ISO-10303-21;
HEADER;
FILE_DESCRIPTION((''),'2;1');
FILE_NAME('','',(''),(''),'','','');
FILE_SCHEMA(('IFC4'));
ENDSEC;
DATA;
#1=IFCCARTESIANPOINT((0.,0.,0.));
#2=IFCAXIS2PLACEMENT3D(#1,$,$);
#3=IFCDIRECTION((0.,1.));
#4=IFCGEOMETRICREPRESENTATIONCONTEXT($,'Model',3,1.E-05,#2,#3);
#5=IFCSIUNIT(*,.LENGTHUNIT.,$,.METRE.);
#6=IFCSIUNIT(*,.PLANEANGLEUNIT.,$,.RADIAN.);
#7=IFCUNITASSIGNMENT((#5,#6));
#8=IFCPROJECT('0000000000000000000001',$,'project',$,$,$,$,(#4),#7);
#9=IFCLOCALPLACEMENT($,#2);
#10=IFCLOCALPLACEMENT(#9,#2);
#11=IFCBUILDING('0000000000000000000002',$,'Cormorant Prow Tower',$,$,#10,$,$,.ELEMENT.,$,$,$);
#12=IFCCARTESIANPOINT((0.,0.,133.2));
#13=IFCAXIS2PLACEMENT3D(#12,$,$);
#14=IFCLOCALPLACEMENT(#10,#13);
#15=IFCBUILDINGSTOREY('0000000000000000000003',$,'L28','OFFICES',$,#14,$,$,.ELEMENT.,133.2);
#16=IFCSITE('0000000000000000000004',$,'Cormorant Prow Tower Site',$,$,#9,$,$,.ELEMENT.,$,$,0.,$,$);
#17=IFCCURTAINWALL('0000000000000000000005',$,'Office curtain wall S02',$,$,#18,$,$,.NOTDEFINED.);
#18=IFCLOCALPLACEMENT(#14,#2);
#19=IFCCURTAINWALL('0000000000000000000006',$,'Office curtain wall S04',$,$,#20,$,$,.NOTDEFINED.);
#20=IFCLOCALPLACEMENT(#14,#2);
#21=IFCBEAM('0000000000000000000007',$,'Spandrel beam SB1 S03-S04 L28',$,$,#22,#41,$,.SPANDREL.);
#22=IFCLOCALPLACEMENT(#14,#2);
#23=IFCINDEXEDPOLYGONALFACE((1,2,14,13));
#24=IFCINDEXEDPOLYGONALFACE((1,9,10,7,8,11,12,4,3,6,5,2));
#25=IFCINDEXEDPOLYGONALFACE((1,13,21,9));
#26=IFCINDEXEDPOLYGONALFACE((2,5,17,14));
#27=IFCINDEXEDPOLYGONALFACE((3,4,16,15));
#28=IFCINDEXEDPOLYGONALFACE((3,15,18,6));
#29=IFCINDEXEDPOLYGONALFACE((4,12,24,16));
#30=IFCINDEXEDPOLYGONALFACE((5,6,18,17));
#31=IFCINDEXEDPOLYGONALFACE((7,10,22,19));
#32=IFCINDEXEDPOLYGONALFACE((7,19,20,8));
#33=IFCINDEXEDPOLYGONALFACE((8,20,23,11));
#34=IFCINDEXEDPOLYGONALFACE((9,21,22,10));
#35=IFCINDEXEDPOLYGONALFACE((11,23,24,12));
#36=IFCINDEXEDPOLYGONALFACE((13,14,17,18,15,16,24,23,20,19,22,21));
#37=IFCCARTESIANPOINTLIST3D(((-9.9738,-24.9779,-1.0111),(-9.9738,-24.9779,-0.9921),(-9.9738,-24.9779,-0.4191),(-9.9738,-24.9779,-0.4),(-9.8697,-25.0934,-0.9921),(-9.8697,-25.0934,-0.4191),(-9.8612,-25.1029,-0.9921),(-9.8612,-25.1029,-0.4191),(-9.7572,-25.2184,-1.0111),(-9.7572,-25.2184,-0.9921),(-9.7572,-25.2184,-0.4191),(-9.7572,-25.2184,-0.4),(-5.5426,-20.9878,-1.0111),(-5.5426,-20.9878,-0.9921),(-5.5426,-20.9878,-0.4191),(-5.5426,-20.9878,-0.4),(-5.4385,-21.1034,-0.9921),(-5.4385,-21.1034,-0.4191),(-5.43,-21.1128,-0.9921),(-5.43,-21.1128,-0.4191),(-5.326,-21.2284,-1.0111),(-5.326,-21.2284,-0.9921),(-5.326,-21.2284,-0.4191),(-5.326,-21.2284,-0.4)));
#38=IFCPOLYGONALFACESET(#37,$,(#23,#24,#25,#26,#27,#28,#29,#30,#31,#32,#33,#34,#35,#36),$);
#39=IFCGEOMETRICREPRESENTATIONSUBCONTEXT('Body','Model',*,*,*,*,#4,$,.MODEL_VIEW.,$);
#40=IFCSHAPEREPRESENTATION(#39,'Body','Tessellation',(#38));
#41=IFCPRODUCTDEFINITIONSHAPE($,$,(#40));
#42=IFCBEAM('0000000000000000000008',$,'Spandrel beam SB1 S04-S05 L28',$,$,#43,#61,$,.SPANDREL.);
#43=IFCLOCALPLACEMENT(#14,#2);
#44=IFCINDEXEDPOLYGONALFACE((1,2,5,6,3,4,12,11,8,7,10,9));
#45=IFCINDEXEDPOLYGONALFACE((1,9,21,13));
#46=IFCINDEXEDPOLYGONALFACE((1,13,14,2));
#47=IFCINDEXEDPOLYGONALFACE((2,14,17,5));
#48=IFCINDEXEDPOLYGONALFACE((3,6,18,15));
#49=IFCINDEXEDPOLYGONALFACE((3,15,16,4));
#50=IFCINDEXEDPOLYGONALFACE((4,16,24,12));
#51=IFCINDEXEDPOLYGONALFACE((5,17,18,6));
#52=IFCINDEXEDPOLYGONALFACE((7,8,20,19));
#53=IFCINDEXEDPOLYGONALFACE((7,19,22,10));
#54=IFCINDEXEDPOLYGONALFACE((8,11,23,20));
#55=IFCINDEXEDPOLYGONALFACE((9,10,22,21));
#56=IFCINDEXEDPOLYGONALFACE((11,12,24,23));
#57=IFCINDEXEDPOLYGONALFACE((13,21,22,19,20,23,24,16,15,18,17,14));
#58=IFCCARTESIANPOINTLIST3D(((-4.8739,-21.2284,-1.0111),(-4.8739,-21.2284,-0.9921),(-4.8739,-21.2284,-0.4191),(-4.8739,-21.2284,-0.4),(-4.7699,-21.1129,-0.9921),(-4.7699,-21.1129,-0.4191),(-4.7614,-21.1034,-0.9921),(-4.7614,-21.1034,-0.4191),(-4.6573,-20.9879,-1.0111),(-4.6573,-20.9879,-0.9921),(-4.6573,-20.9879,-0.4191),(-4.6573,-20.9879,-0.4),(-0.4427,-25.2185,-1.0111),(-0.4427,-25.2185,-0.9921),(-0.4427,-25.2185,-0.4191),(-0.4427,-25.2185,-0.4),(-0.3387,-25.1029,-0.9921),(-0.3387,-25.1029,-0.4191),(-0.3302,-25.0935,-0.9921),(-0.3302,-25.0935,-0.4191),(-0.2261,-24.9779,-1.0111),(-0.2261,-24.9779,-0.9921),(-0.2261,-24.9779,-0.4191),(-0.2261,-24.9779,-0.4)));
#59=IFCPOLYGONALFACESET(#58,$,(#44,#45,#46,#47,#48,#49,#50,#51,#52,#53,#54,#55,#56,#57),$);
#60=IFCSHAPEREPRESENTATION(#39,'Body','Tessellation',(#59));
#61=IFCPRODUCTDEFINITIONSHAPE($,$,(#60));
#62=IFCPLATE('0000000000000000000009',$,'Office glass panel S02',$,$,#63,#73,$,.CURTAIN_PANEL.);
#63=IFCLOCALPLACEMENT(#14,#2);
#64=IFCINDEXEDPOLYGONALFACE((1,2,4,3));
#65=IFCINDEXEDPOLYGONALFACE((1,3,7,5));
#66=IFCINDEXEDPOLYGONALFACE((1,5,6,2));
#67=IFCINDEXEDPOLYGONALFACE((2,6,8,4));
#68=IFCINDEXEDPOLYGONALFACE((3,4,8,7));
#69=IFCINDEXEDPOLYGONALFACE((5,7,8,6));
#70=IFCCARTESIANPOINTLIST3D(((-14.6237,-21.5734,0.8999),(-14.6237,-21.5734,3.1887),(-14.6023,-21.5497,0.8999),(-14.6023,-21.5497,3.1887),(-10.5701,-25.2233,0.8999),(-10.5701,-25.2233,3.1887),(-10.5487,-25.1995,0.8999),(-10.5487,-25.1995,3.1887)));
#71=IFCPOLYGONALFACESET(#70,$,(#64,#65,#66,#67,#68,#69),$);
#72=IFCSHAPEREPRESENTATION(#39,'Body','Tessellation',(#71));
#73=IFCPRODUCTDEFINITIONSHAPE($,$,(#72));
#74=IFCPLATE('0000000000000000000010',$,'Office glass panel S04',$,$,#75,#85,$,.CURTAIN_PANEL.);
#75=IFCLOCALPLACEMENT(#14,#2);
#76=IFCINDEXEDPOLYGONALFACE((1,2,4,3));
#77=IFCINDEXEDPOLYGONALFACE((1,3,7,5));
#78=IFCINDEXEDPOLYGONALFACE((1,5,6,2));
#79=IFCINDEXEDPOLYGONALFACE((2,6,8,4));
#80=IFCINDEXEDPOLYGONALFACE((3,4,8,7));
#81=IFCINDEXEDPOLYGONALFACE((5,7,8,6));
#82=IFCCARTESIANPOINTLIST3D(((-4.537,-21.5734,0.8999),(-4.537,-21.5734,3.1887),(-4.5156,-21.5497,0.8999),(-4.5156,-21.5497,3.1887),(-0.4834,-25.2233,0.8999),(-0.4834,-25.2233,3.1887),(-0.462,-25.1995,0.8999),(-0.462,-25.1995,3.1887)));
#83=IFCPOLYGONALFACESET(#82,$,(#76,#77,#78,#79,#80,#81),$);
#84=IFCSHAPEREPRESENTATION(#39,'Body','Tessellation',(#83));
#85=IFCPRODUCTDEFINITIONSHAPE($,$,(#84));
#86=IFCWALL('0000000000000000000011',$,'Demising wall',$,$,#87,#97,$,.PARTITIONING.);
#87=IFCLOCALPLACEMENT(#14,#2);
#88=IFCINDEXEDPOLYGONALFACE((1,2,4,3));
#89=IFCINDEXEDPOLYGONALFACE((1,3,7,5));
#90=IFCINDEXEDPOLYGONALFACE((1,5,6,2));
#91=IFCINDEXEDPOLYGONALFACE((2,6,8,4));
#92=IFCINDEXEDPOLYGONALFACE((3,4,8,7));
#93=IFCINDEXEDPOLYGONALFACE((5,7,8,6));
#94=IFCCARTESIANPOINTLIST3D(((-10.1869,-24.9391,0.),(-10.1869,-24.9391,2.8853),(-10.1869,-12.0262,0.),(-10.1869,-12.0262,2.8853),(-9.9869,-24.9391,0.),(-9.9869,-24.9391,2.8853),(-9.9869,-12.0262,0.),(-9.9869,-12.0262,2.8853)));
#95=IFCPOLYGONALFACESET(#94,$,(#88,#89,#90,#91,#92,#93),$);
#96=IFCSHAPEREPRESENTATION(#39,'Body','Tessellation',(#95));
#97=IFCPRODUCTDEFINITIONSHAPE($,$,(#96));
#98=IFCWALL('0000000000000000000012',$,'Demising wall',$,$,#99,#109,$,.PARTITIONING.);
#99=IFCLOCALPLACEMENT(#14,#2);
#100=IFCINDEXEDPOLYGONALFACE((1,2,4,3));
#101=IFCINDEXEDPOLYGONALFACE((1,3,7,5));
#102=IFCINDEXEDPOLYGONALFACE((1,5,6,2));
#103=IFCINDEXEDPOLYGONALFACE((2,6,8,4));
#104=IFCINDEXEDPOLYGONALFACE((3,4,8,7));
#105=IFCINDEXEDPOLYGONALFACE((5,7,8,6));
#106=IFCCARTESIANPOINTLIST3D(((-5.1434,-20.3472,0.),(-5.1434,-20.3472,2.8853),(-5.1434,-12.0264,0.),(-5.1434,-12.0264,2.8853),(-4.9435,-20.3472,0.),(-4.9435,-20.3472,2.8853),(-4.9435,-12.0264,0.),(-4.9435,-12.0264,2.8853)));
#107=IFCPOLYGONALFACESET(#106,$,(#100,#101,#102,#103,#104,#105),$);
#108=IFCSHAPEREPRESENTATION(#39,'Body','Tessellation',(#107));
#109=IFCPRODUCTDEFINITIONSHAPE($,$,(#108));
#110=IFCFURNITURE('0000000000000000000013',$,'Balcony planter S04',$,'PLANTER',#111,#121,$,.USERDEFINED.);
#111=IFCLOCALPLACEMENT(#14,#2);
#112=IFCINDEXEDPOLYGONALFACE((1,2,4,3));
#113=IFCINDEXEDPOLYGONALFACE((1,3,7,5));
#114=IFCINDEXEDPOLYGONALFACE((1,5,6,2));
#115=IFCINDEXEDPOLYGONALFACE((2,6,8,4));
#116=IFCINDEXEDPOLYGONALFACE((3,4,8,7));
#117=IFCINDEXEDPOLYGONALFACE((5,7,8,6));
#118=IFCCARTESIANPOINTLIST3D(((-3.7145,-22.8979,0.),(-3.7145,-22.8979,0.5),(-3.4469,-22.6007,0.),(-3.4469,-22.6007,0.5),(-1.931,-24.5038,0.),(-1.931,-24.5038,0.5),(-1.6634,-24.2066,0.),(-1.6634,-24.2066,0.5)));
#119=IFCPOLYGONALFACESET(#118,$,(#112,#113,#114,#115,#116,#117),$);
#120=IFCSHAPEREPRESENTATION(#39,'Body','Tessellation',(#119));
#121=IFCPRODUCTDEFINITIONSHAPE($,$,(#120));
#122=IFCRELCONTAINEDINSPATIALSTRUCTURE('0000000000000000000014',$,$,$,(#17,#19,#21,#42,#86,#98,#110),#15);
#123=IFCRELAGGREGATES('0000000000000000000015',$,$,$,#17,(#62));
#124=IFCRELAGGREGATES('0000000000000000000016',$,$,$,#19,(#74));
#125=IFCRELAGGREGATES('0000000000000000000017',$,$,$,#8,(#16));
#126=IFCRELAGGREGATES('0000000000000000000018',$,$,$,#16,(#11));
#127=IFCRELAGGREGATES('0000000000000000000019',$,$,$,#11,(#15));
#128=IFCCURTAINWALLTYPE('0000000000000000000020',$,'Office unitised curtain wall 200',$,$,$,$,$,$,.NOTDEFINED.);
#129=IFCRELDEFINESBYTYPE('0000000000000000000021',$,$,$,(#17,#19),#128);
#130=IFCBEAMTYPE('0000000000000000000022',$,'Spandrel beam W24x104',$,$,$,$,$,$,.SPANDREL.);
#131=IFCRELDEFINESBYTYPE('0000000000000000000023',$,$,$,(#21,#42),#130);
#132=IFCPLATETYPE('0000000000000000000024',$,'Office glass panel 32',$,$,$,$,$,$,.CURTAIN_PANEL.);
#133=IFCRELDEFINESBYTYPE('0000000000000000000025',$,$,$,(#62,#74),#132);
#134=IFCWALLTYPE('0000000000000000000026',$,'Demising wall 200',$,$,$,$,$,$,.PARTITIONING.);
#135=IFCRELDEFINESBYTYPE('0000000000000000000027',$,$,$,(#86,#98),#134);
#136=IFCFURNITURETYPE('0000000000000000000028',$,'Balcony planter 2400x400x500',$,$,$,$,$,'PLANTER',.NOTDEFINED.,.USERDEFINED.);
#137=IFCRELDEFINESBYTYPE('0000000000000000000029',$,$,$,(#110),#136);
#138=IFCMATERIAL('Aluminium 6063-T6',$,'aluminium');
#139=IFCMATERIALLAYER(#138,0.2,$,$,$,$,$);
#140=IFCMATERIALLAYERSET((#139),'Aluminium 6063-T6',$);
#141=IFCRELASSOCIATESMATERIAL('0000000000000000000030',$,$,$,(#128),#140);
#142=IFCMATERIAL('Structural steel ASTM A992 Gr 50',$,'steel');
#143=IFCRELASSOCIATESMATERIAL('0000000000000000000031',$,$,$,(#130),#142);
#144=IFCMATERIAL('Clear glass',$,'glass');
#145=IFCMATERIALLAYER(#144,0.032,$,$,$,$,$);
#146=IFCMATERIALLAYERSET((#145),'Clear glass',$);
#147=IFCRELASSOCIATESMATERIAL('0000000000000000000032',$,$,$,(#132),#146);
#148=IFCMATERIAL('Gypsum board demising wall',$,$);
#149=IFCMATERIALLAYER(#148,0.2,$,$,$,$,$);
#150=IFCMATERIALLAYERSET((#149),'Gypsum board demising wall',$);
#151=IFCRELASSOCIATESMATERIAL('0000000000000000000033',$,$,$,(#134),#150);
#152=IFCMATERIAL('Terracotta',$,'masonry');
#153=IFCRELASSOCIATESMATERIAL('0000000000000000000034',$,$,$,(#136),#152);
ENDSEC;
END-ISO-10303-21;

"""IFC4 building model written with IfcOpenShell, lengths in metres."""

from ifc_helpers import new_model, si_unit, direction, frame, frame_2d, origin, origin_2d, place, context, subcontext, project, spatial, rectangle, i_section, extrude, material, layer, layer_set, material_profile, profile_set, type_object, element, aggregate, save


model = new_model("IFC4")

# Units and contexts
model_context = context("Model", 3, precision=1e-05, world=origin(), true_north=direction((0.0, 1.0)))
body_context = subcontext(model_context, "Body", "Model", "MODEL_VIEW")
ifc_project = project(units=[si_unit("LENGTHUNIT", "METRE"), si_unit("PLANEANGLEUNIT", "RADIAN")], contexts=[model_context])

# Site, building, storey
site_placement = place(None, origin())
site = spatial("IfcSite", under=ifc_project, at=site_placement, Name="Cormorant Prow Tower Site", CompositionType="ELEMENT", RefElevation=0.0)
building_placement = place(site_placement, origin())
building = spatial("IfcBuilding", under=site, at=building_placement, Name="Cormorant Prow Tower", CompositionType="ELEMENT")
storey_placement = place(building_placement, frame((0.0, 0.0, 133.2)))
storey = spatial("IfcBuildingStorey", under=building, at=storey_placement, Name="L28", Description="OFFICES", CompositionType="ELEMENT", Elevation=133.2)

# Curtain walls
ifc_material_1 = material(Name="Aluminium 6063-T6", Category="aluminium")
ifc_layer_1 = layer(ifc_material_1, 0.2)
ifc_layer_set_1 = layer_set([ifc_layer_1], Name="Aluminium 6063-T6")
curtain_wall_type = type_object("IfcCurtainWallType", Name="Office unitised curtain wall 200", PredefinedType="NOTDEFINED", material=ifc_layer_set_1)
curtain_wall_1_placement = place(storey_placement, origin())
curtain_wall_1 = element("IfcCurtainWall", 1, at=curtain_wall_1_placement, inside=storey, type_object=curtain_wall_type, Name="Office curtain wall S02", PredefinedType="NOTDEFINED")
curtain_wall_2_placement = place(storey_placement, origin())
curtain_wall_2 = element("IfcCurtainWall", 2, at=curtain_wall_2_placement, inside=storey, type_object=curtain_wall_type, Name="Office curtain wall S04", PredefinedType="NOTDEFINED")

# Beams
ifc_material_2 = material(Name="Structural steel ASTM A992 Gr 50", Category="steel")
ifc_material_profile_1 = material_profile(ifc_material_2, i_section(OverallWidth=0.3237, OverallDepth=0.6111, WebThickness=0.0127, FlangeThickness=0.019, at=origin_2d()), Name="W24x104")
ifc_profile_set_1 = profile_set([ifc_material_profile_1], Name="Structural steel ASTM A992 Gr 50")
beam_type_1 = type_object("IfcBeamType", Name="Spandrel beam W24x104", PredefinedType="SPANDREL", material=ifc_profile_set_1)
for number, where, z_axis, x_axis, name in (
    (3, (-9.8655, -25.0981, -0.7056), (0.743131, 0.669146, 0.0), (-0.669146, 0.743131, 0.0), "Spandrel beam SB1 S03-S04 L28"),
    (4, (-4.7656, -21.1082, -0.7056), (0.743131, -0.669146, 0.0), (0.669146, 0.743131, 0.0), "Spandrel beam SB1 S04-S05 L28"),
):
    element("IfcBeam", number, at=place(storey_placement, frame(where, z_axis=z_axis, x_axis=x_axis)), inside=storey, type_object=beam_type_1, Name=name, PredefinedType="SPANDREL", context=body_context, shape_type="SweptSolid", body=[
        extrude(i_section(OverallWidth=0.3237, OverallDepth=0.6111, WebThickness=0.0127, FlangeThickness=0.019, at=origin_2d()), origin(), (0.0, 0.0, 1.0), 5.9629),
    ])

# Plates
ifc_material_3 = material(Name="Clear glass", Category="glass")
ifc_layer_2 = layer(ifc_material_3, 0.032)
ifc_layer_set_2 = layer_set([ifc_layer_2], Name="Clear glass")
plate_type = type_object("IfcPlateType", Name="Office glass panel 32", PredefinedType="CURTAIN_PANEL", material=ifc_layer_set_2)
plate_1_placement = place(storey_placement, frame((-12.5862, -23.3865, 0.8999), z_axis=(0.0, 0.0, 1.0), x_axis=(0.743145, -0.669131, 0.0)))
plate_1 = element("IfcPlate", 5, at=plate_1_placement, type_object=plate_type, Name="Office glass panel S02", PredefinedType="CURTAIN_PANEL", context=body_context, shape_type="SweptSolid", body=[
    extrude(rectangle(XDim=5.4546, YDim=0.032, at=origin_2d()), origin(), (0.0, 0.0, 1.0), 2.2888),
])
aggregate(curtain_wall_1, [plate_1])
plate_2_placement = place(storey_placement, frame((-2.4995, -23.3865, 0.8999), z_axis=(0.0, 0.0, 1.0), x_axis=(0.743145, -0.669131, 0.0)))
plate_2 = element("IfcPlate", 6, at=plate_2_placement, type_object=plate_type, Name="Office glass panel S04", PredefinedType="CURTAIN_PANEL", context=body_context, shape_type="SweptSolid", body=[
    extrude(rectangle(XDim=5.4546, YDim=0.032, at=origin_2d()), origin(), (0.0, 0.0, 1.0), 2.2888),
])
aggregate(curtain_wall_2, [plate_2])

# Walls
ifc_material_4 = material(Name="Gypsum board demising wall")
ifc_layer_3 = layer(ifc_material_4, 0.2)
ifc_layer_set_3 = layer_set([ifc_layer_3], Name="Gypsum board demising wall")
wall_type_1 = type_object("IfcWallType", Name="Demising wall 200", PredefinedType="PARTITIONING", material=ifc_layer_set_3)
wall_1_placement = place(storey_placement, frame((-10.0869, -24.9392, 0.0), z_axis=(0.0, 0.0, 1.0), x_axis=(0.0, 1.0, 0.0)))
element("IfcWall", 7, at=wall_1_placement, inside=storey, type_object=wall_type_1, Name="Demising wall", PredefinedType="PARTITIONING", context=body_context, shape_type="SweptSolid", body=[
    extrude(rectangle(XDim=12.9128, YDim=0.2, at=frame_2d((6.4565, 0.0))), origin(), (0.0, 0.0, 1.0), 2.8853),
])
wall_2_placement = place(storey_placement, frame((-5.0435, -20.3472, 0.0), z_axis=(0.0, 0.0, 1.0), x_axis=(0.0, 1.0, 0.0)))
element("IfcWall", 8, at=wall_2_placement, inside=storey, type_object=wall_type_1, Name="Demising wall", PredefinedType="PARTITIONING", context=body_context, shape_type="SweptSolid", body=[
    extrude(rectangle(XDim=8.3208, YDim=0.2, at=frame_2d((4.1604, 0.0))), origin(), (0.0, 0.0, 1.0), 2.8853),
])

# Furniture
ifc_material_5 = material(Name="Terracotta", Category="masonry")
furniture_type = type_object("IfcFurnitureType", Name="Balcony planter 2400x400x500", ElementType="PLANTER", AssemblyPlace="NOTDEFINED", PredefinedType="USERDEFINED", material=ifc_material_5)
furniture_placement = place(storey_placement, frame((-2.689, -23.5522, 0.0), z_axis=(0.0, 0.0, 1.0), x_axis=(0.743145, -0.669131, 0.0)))
element("IfcFurniture", 9, at=furniture_placement, inside=storey, type_object=furniture_type, Name="Balcony planter S04", ObjectType="PLANTER", PredefinedType="USERDEFINED", context=body_context, shape_type="SweptSolid", body=[
    extrude(rectangle(XDim=2.3999, YDim=0.3999, at=origin_2d()), origin(), (0.0, 0.0, 1.0), 0.5),
])

save(model, "model.ifc")
